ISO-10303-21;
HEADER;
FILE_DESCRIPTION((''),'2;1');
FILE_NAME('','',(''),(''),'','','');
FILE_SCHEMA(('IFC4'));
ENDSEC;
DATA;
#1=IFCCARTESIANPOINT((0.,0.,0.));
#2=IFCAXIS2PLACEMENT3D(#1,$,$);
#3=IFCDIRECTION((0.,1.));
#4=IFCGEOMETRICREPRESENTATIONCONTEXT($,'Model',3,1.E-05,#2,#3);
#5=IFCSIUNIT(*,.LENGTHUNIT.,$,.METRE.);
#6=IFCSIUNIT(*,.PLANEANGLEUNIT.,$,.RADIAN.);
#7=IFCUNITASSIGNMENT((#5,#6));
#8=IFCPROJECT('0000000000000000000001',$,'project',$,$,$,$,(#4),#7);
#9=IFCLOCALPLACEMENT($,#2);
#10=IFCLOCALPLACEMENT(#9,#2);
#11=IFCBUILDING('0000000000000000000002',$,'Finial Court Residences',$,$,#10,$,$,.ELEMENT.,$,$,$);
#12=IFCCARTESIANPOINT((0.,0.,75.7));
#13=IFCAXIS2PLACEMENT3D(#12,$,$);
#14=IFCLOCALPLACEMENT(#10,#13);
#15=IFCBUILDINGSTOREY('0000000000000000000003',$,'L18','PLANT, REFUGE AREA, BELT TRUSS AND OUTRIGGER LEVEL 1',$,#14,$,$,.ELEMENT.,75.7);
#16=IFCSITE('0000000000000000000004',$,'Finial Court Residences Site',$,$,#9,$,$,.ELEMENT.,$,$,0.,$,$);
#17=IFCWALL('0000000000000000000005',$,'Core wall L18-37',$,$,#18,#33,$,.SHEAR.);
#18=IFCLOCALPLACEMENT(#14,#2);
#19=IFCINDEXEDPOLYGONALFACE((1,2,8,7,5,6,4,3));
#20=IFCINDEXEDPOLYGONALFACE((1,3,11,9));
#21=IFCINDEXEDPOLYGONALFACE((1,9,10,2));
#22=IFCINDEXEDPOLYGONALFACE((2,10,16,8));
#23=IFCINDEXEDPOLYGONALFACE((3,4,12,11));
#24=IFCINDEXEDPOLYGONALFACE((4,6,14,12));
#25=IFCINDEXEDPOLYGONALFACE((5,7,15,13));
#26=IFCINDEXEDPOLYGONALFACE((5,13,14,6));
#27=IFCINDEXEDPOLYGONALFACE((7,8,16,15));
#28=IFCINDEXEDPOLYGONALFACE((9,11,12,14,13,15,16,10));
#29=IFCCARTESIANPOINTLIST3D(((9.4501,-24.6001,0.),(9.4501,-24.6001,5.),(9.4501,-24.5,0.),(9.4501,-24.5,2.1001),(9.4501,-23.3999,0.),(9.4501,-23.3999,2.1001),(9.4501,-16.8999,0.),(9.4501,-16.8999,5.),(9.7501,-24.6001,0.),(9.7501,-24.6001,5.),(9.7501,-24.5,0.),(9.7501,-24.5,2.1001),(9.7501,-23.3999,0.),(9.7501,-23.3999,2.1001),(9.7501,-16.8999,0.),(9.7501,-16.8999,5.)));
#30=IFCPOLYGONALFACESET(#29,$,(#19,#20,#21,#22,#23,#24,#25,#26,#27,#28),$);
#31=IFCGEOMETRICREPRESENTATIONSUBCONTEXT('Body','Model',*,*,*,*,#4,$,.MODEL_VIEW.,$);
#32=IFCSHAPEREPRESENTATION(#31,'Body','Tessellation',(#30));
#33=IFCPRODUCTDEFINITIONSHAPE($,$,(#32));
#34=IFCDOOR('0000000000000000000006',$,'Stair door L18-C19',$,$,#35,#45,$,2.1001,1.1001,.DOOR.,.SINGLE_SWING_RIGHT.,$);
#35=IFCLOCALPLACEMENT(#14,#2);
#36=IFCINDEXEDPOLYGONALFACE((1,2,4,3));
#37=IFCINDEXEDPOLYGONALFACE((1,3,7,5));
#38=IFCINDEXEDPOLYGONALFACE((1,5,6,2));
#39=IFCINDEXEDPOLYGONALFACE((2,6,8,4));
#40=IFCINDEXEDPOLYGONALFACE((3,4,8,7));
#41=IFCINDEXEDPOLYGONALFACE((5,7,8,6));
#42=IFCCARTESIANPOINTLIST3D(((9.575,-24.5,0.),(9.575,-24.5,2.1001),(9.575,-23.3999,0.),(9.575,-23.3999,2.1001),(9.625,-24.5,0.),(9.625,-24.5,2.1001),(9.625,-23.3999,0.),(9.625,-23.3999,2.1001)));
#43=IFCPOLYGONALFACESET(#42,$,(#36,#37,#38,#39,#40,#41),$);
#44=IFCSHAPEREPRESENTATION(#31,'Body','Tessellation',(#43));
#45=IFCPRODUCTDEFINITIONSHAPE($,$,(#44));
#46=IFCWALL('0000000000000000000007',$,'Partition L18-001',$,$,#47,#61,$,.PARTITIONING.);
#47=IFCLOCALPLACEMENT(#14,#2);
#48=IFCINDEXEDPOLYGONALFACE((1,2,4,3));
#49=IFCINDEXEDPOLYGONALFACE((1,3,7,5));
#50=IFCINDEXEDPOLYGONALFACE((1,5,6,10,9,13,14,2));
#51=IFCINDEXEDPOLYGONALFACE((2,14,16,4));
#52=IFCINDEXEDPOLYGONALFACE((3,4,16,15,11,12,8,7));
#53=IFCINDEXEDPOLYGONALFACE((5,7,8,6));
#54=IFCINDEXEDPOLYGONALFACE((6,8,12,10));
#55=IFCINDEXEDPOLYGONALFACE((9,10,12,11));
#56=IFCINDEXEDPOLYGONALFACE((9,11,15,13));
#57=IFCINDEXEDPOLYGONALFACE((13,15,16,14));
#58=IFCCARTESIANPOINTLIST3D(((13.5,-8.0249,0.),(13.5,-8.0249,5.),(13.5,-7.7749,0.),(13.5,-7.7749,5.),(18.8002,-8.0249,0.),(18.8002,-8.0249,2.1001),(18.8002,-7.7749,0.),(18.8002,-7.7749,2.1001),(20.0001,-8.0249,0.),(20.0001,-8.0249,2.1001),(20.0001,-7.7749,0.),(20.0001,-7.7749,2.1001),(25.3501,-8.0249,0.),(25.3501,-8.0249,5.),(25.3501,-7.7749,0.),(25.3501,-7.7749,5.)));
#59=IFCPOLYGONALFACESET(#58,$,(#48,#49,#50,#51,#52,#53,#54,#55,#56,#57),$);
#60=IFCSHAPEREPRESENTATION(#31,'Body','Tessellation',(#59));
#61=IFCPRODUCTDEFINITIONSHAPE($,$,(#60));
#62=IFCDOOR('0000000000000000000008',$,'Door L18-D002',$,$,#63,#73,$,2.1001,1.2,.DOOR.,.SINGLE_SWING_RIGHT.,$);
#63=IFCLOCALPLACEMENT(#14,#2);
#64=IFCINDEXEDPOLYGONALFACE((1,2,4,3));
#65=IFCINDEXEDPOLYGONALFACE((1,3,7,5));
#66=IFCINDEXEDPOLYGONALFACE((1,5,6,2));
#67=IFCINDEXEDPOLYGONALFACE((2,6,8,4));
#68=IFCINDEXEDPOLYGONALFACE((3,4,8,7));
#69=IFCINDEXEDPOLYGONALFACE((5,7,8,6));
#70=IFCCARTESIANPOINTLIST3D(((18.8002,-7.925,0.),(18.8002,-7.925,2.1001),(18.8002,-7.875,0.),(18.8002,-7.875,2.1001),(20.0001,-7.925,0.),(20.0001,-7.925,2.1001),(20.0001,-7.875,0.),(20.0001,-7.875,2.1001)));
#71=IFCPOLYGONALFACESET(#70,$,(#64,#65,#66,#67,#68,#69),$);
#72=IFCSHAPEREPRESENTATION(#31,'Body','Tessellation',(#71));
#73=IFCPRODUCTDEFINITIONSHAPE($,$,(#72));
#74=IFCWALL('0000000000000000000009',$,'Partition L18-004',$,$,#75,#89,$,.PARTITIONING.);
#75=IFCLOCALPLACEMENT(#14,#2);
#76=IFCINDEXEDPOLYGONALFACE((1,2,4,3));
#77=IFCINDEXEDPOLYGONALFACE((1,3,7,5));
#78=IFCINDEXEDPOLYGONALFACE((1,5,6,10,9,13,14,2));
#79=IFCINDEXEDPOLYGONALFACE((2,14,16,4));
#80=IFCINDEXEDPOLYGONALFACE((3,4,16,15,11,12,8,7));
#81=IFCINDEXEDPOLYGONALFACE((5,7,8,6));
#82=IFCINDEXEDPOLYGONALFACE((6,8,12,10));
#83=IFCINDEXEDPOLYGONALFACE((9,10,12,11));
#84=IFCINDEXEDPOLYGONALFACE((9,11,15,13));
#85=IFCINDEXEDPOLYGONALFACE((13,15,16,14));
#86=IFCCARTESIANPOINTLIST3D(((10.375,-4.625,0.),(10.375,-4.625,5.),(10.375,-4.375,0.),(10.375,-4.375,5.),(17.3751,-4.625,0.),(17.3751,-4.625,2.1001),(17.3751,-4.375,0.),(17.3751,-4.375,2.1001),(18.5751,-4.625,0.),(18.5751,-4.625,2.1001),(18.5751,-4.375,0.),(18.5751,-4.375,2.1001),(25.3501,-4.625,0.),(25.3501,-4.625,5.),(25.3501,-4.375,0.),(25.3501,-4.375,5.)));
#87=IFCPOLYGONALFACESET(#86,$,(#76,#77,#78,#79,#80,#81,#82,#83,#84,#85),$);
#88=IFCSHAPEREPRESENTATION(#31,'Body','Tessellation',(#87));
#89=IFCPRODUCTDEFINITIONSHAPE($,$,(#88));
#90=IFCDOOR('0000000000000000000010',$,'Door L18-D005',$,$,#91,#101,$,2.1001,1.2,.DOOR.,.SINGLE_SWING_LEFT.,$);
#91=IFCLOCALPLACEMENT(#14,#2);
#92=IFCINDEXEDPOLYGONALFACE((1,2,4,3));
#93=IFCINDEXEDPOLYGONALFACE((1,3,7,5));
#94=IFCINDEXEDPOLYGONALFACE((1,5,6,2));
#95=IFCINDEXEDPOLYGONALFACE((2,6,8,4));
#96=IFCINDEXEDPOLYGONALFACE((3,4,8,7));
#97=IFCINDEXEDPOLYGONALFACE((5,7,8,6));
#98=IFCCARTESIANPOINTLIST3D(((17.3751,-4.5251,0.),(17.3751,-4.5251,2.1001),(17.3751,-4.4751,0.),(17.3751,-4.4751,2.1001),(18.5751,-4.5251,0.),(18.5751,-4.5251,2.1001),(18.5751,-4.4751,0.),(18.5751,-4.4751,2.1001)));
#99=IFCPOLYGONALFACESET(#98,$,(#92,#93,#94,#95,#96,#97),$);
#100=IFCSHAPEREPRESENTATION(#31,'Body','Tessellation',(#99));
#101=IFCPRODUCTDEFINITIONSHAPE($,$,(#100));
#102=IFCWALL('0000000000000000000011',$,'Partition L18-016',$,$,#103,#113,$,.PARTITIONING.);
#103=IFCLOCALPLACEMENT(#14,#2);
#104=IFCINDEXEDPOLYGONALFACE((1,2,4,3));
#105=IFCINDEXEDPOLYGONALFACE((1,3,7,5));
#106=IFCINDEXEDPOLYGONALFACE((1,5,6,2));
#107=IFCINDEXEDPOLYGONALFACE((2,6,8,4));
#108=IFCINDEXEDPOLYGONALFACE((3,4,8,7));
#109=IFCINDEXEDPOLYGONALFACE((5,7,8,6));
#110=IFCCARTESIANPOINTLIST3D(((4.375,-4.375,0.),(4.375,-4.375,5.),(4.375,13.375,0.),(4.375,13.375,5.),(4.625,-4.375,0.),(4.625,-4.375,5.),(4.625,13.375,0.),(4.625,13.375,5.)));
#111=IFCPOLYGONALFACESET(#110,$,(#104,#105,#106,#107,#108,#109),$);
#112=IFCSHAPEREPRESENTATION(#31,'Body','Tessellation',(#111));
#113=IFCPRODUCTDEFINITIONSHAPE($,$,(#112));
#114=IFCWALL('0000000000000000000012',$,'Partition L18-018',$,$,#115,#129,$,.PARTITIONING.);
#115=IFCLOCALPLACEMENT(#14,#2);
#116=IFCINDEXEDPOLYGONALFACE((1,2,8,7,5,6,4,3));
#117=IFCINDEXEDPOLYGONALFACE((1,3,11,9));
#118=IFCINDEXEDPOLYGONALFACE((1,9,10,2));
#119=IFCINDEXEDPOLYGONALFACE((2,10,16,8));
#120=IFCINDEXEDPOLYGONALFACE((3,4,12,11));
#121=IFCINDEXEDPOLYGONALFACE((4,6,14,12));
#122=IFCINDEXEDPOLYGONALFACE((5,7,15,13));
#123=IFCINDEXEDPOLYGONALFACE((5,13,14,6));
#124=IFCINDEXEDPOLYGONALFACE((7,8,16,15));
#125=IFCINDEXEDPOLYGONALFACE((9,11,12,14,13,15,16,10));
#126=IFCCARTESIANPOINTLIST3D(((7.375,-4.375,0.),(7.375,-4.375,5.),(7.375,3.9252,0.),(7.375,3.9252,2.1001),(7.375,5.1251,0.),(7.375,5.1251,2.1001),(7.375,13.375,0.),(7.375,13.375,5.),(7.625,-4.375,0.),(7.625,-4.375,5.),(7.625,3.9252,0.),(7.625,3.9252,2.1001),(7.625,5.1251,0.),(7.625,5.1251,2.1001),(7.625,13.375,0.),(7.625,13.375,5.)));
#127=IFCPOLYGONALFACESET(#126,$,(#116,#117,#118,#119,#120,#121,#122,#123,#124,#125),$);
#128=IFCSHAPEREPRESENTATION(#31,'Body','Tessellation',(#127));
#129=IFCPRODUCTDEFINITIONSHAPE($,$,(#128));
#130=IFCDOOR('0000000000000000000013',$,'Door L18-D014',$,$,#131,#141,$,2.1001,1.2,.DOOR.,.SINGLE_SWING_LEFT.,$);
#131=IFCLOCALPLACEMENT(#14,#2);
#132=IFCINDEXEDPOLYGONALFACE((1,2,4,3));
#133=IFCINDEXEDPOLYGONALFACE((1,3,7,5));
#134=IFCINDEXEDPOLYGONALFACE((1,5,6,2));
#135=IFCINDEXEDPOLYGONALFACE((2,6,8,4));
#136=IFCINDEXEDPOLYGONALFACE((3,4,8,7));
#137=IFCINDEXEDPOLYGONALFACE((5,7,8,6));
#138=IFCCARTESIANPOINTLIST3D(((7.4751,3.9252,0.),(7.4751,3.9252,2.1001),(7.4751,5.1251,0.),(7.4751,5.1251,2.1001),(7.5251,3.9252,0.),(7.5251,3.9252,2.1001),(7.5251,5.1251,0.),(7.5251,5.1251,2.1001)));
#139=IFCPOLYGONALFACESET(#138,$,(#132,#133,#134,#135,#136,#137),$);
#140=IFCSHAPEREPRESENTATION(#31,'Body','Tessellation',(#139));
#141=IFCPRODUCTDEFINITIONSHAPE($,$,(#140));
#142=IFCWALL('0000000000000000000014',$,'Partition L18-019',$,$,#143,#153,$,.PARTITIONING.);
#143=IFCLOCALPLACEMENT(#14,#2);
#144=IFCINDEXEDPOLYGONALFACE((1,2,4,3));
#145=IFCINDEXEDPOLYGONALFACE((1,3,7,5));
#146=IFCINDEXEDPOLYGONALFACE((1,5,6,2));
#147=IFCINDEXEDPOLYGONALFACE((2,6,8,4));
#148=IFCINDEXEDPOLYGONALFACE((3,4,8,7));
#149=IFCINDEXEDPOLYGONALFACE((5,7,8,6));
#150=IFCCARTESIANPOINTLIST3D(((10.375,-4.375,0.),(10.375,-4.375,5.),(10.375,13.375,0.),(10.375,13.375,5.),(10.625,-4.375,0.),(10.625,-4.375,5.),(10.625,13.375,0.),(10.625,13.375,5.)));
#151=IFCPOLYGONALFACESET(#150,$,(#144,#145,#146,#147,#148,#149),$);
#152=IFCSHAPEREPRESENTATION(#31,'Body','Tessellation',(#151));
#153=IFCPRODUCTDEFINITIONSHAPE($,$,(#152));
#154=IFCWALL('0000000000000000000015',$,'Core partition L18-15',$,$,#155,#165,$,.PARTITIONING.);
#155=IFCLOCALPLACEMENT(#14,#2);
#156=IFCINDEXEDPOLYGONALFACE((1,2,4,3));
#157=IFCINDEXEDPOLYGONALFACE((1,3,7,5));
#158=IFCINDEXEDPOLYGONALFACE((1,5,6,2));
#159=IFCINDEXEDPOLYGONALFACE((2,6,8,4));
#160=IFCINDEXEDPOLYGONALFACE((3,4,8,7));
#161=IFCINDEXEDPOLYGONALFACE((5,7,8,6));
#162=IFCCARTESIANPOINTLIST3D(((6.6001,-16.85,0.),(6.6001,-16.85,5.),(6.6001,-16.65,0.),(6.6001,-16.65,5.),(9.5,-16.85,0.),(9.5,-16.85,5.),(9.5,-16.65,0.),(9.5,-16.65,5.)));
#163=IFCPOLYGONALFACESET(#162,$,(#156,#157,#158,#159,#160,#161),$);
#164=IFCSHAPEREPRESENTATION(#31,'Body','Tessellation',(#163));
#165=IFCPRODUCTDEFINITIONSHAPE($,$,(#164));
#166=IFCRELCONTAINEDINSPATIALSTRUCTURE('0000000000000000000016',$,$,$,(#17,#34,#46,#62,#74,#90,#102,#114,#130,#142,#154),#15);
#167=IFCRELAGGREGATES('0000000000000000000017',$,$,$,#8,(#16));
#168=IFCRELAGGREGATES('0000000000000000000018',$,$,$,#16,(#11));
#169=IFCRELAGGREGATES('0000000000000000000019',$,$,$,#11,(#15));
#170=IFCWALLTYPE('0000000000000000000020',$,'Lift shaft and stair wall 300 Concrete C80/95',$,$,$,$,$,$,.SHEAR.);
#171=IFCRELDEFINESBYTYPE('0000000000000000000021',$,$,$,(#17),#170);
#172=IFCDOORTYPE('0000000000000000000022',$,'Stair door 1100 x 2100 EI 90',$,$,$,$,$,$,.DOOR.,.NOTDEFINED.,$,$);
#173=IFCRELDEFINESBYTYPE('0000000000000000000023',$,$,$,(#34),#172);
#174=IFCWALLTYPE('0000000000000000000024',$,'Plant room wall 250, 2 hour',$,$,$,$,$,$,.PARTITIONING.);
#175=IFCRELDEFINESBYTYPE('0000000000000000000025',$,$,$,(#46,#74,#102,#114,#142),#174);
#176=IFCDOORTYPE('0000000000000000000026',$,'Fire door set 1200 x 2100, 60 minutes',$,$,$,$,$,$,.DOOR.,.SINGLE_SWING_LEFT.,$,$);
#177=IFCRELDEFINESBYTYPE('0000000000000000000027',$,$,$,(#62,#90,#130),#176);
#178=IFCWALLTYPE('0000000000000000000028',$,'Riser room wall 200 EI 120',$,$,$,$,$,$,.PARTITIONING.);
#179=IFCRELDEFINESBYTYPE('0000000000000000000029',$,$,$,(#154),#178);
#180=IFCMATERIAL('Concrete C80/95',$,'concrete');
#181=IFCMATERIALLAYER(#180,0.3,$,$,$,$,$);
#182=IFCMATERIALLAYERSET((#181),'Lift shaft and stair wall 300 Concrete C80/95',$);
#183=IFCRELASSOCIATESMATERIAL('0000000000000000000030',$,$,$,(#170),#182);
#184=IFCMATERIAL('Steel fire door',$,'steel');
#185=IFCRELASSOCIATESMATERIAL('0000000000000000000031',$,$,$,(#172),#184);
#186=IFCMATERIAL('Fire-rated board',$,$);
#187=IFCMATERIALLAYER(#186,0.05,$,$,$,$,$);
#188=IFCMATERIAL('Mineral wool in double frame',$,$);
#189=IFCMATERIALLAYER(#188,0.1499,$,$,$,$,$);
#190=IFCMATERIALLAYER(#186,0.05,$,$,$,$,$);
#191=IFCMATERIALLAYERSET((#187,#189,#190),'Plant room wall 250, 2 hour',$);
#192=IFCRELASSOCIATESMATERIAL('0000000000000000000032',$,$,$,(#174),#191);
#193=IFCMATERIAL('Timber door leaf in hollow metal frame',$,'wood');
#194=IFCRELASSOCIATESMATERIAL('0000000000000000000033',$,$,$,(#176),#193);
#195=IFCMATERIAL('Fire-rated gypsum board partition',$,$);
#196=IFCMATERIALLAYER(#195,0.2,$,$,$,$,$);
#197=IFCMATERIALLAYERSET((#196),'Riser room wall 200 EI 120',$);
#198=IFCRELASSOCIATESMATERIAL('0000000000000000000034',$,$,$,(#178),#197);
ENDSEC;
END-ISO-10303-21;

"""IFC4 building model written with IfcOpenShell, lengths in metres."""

from ifc_helpers import new_model, si_unit, direction, frame, frame_2d, origin, place, context, subcontext, project, spatial, rectangle, extrude, material, layer, layer_set, type_object, element, fill, save


model = new_model("IFC4")

# Units and contexts
model_context = context("Model", 3, precision=1e-05, world=origin(), true_north=direction((0.0, 1.0)))
body_context = subcontext(model_context, "Body", "Model", "MODEL_VIEW")
ifc_project = project(units=[si_unit("LENGTHUNIT", "METRE"), si_unit("PLANEANGLEUNIT", "RADIAN")], contexts=[model_context])

# Site, building, storey
site_placement = place(None, origin())
site = spatial("IfcSite", under=ifc_project, at=site_placement, Name="Finial Court Residences Site", CompositionType="ELEMENT", RefElevation=0.0)
building_placement = place(site_placement, origin())
building = spatial("IfcBuilding", under=site, at=building_placement, Name="Finial Court Residences", CompositionType="ELEMENT")
storey_placement = place(building_placement, frame((0.0, 0.0, 75.7)))
storey = spatial("IfcBuildingStorey", under=building, at=storey_placement, Name="L18", Description="PLANT, REFUGE AREA, BELT TRUSS AND OUTRIGGER LEVEL 1", CompositionType="ELEMENT", Elevation=75.7)

# Shared definitions
ifc_material_1 = material(Name="Concrete C80/95", Category="concrete")

# Shared definitions
ifc_layer_1 = layer(ifc_material_1, 0.3)
ifc_layer_set_1 = layer_set([ifc_layer_1], Name="Lift shaft and stair wall 300 Concrete C80/95")
wall_type_1 = type_object("IfcWallType", Name="Lift shaft and stair wall 300 Concrete C80/95", PredefinedType="SHEAR", material=ifc_layer_set_1)

# Walls, openings, doors
wall_1_placement = place(storey_placement, frame((9.6001, -16.8999, 0.0), z_axis=(0.0, 0.0, 1.0), x_axis=(0.0, -1.0, 0.0)))
wall_1 = element("IfcWall", 1, at=wall_1_placement, inside=storey, type_object=wall_type_1, Name="Core wall L18-37", PredefinedType="SHEAR", context=body_context, shape_type="SweptSolid", body=[
    extrude(rectangle(XDim=7.7002, YDim=0.3, at=frame_2d((3.8501, 0.0))), origin(), (0.0, 0.0, 1.0), 5.0),
])
opening_1_placement = place(wall_1_placement, frame((6.5, 0.0, 0.0)))
opening_1 = element("IfcOpeningElement", 2, at=opening_1_placement, cuts=wall_1, PredefinedType="OPENING", context=body_context, shape_type="SweptSolid", body=[
    extrude(rectangle(XDim=1.1001, YDim=2.1001, at=frame_2d((0.55, 1.05))), frame((0.0, 0.1599, 0.0), z_axis=(0.0, -1.0, 0.0), x_axis=(1.0, 0.0, 0.0)), (0.0, 0.0, 1.0), 0.3201),
])
ifc_material_2 = material(Name="Steel fire door", Category="steel")
door_type_1 = type_object("IfcDoorType", Name="Stair door 1100 x 2100 EI 90", OperationType="NOTDEFINED", PredefinedType="DOOR", material=ifc_material_2)
door_1_placement = place(opening_1_placement, origin())
door_1 = element("IfcDoor", 3, at=door_1_placement, inside=storey, type_object=door_type_1, Name="Stair door L18-C19", OperationType="SINGLE_SWING_RIGHT", OverallHeight=2.1001, OverallWidth=1.1001, PredefinedType="DOOR", context=body_context, shape_type="SweptSolid", body=[
    extrude(rectangle(XDim=1.1001, YDim=2.1001, at=frame_2d((0.55, 1.05))), frame((0.0, 0.0249, 0.0), z_axis=(0.0, -1.0, 0.0), x_axis=(1.0, 0.0, 0.0)), (0.0, 0.0, 1.0), 0.05),
])
fill(opening_1, door_1)
ifc_material_3 = material(Name="Fire-rated board")
ifc_layer_2 = layer(ifc_material_3, 0.05)
ifc_material_4 = material(Name="Mineral wool in double frame")
ifc_layer_3 = layer(ifc_material_4, 0.1499)
ifc_layer_4 = layer(ifc_material_3, 0.05)
ifc_layer_set_2 = layer_set([ifc_layer_2, ifc_layer_3, ifc_layer_4], Name="Plant room wall 250, 2 hour")
wall_type_2 = type_object("IfcWallType", Name="Plant room wall 250, 2 hour", PredefinedType="PARTITIONING", material=ifc_layer_set_2)
wall_2_placement = place(storey_placement, frame((13.5, -7.8999, 0.0), z_axis=(0.0, 0.0, 1.0), x_axis=(1.0, 0.0, 0.0)))
wall_2 = element("IfcWall", 4, at=wall_2_placement, inside=storey, type_object=wall_type_2, Name="Partition L18-001", PredefinedType="PARTITIONING", context=body_context, shape_type="SweptSolid", body=[
    extrude(rectangle(XDim=11.8501, YDim=0.25, at=frame_2d((5.925, 0.0))), origin(), (0.0, 0.0, 1.0), 5.0),
])
opening_2_placement = place(wall_2_placement, frame((5.3, 0.0, 0.0)))
opening_2 = element("IfcOpeningElement", 5, at=opening_2_placement, cuts=wall_2, PredefinedType="OPENING", context=body_context, shape_type="SweptSolid", body=[
    extrude(rectangle(XDim=1.2, YDim=2.1001, at=frame_2d((0.6001, 1.05))), frame((0.0, 0.135, 0.0), z_axis=(0.0, -1.0, 0.0), x_axis=(1.0, 0.0, 0.0)), (0.0, 0.0, 1.0), 0.27),
])
ifc_material_5 = material(Name="Timber door leaf in hollow metal frame", Category="wood")
door_type_2 = type_object("IfcDoorType", Name="Fire door set 1200 x 2100, 60 minutes", OperationType="SINGLE_SWING_LEFT", PredefinedType="DOOR", material=ifc_material_5)
door_2_placement = place(opening_2_placement, origin())
door_2 = element("IfcDoor", 6, at=door_2_placement, inside=storey, type_object=door_type_2, Name="Door L18-D002", OperationType="SINGLE_SWING_RIGHT", OverallHeight=2.1001, OverallWidth=1.2, PredefinedType="DOOR", context=body_context, shape_type="SweptSolid", body=[
    extrude(rectangle(XDim=1.2, YDim=2.1001, at=frame_2d((0.6001, 1.05))), frame((0.0, 0.0249, 0.0), z_axis=(0.0, -1.0, 0.0), x_axis=(1.0, 0.0, 0.0)), (0.0, 0.0, 1.0), 0.05),
])
fill(opening_2, door_2)
wall_3_placement = place(storey_placement, frame((10.375, -4.5, 0.0), z_axis=(0.0, 0.0, 1.0), x_axis=(1.0, 0.0, 0.0)))
wall_3 = element("IfcWall", 7, at=wall_3_placement, inside=storey, type_object=wall_type_2, Name="Partition L18-004", PredefinedType="PARTITIONING", context=body_context, shape_type="SweptSolid", body=[
    extrude(rectangle(XDim=14.9751, YDim=0.25, at=frame_2d((7.4875, 0.0))), origin(), (0.0, 0.0, 1.0), 5.0),
])
opening_3_placement = place(wall_3_placement, frame((7.0, 0.0, 0.0)))
opening_3 = element("IfcOpeningElement", 8, at=opening_3_placement, cuts=wall_3, PredefinedType="OPENING", context=body_context, shape_type="SweptSolid", body=[
    extrude(rectangle(XDim=1.2, YDim=2.1001, at=frame_2d((0.6001, 1.05))), frame((0.0, 0.135, 0.0), z_axis=(0.0, -1.0, 0.0), x_axis=(1.0, 0.0, 0.0)), (0.0, 0.0, 1.0), 0.27),
])
door_3_placement = place(opening_3_placement, origin())
door_3 = element("IfcDoor", 9, at=door_3_placement, inside=storey, type_object=door_type_2, Name="Door L18-D005", OperationType="SINGLE_SWING_LEFT", OverallHeight=2.1001, OverallWidth=1.2, PredefinedType="DOOR", context=body_context, shape_type="SweptSolid", body=[
    extrude(rectangle(XDim=1.2, YDim=2.1001, at=frame_2d((0.6001, 1.05))), frame((0.0, 0.0249, 0.0), z_axis=(0.0, -1.0, 0.0), x_axis=(1.0, 0.0, 0.0)), (0.0, 0.0, 1.0), 0.05),
])
fill(opening_3, door_3)

# Wall
wall_4_placement = place(storey_placement, frame((4.5, -4.375, 0.0), z_axis=(0.0, 0.0, 1.0), x_axis=(0.0, 1.0, 0.0)))
element("IfcWall", 10, at=wall_4_placement, inside=storey, type_object=wall_type_2, Name="Partition L18-016", PredefinedType="PARTITIONING", context=body_context, shape_type="SweptSolid", body=[
    extrude(rectangle(XDim=17.75, YDim=0.25, at=frame_2d((8.875, 0.0))), origin(), (0.0, 0.0, 1.0), 5.0),
])

# Wall, opening, door
wall_5_placement = place(storey_placement, frame((7.5, -4.375, 0.0), z_axis=(0.0, 0.0, 1.0), x_axis=(0.0, 1.0, 0.0)))
wall_5 = element("IfcWall", 11, at=wall_5_placement, inside=storey, type_object=wall_type_2, Name="Partition L18-018", PredefinedType="PARTITIONING", context=body_context, shape_type="SweptSolid", body=[
    extrude(rectangle(XDim=17.75, YDim=0.25, at=frame_2d((8.875, 0.0))), origin(), (0.0, 0.0, 1.0), 5.0),
])
opening_4_placement = place(wall_5_placement, frame((8.3, 0.0, 0.0)))
opening_4 = element("IfcOpeningElement", 12, at=opening_4_placement, cuts=wall_5, PredefinedType="OPENING", context=body_context, shape_type="SweptSolid", body=[
    extrude(rectangle(XDim=1.2, YDim=2.1001, at=frame_2d((0.6001, 1.05))), frame((0.0, 0.135, 0.0), z_axis=(0.0, -1.0, 0.0), x_axis=(1.0, 0.0, 0.0)), (0.0, 0.0, 1.0), 0.27),
])
door_4_placement = place(opening_4_placement, origin())
door_4 = element("IfcDoor", 13, at=door_4_placement, inside=storey, type_object=door_type_2, Name="Door L18-D014", OperationType="SINGLE_SWING_LEFT", OverallHeight=2.1001, OverallWidth=1.2, PredefinedType="DOOR", context=body_context, shape_type="SweptSolid", body=[
    extrude(rectangle(XDim=1.2, YDim=2.1001, at=frame_2d((0.6001, 1.05))), frame((0.0, 0.0249, 0.0), z_axis=(0.0, -1.0, 0.0), x_axis=(1.0, 0.0, 0.0)), (0.0, 0.0, 1.0), 0.05),
])
fill(opening_4, door_4)

# Walls
wall_6_placement = place(storey_placement, frame((10.5, -4.375, 0.0), z_axis=(0.0, 0.0, 1.0), x_axis=(0.0, 1.0, 0.0)))
element("IfcWall", 14, at=wall_6_placement, inside=storey, type_object=wall_type_2, Name="Partition L18-019", PredefinedType="PARTITIONING", context=body_context, shape_type="SweptSolid", body=[
    extrude(rectangle(XDim=17.75, YDim=0.25, at=frame_2d((8.875, 0.0))), origin(), (0.0, 0.0, 1.0), 5.0),
])
ifc_material_6 = material(Name="Fire-rated gypsum board partition")
ifc_layer_5 = layer(ifc_material_6, 0.2)
ifc_layer_set_3 = layer_set([ifc_layer_5], Name="Riser room wall 200 EI 120")
wall_type_3 = type_object("IfcWallType", Name="Riser room wall 200 EI 120", PredefinedType="PARTITIONING", material=ifc_layer_set_3)
wall_7_placement = place(storey_placement, frame((6.6001, -16.75, 0.0), z_axis=(0.0, 0.0, 1.0), x_axis=(1.0, 0.0, 0.0)))
element("IfcWall", 15, at=wall_7_placement, inside=storey, type_object=wall_type_3, Name="Core partition L18-15", PredefinedType="PARTITIONING", context=body_context, shape_type="SweptSolid", body=[
    extrude(rectangle(XDim=2.8999, YDim=0.2, at=frame_2d((1.45, 0.0))), origin(), (0.0, 0.0, 1.0), 5.0),
])

save(model, "model.ifc")
